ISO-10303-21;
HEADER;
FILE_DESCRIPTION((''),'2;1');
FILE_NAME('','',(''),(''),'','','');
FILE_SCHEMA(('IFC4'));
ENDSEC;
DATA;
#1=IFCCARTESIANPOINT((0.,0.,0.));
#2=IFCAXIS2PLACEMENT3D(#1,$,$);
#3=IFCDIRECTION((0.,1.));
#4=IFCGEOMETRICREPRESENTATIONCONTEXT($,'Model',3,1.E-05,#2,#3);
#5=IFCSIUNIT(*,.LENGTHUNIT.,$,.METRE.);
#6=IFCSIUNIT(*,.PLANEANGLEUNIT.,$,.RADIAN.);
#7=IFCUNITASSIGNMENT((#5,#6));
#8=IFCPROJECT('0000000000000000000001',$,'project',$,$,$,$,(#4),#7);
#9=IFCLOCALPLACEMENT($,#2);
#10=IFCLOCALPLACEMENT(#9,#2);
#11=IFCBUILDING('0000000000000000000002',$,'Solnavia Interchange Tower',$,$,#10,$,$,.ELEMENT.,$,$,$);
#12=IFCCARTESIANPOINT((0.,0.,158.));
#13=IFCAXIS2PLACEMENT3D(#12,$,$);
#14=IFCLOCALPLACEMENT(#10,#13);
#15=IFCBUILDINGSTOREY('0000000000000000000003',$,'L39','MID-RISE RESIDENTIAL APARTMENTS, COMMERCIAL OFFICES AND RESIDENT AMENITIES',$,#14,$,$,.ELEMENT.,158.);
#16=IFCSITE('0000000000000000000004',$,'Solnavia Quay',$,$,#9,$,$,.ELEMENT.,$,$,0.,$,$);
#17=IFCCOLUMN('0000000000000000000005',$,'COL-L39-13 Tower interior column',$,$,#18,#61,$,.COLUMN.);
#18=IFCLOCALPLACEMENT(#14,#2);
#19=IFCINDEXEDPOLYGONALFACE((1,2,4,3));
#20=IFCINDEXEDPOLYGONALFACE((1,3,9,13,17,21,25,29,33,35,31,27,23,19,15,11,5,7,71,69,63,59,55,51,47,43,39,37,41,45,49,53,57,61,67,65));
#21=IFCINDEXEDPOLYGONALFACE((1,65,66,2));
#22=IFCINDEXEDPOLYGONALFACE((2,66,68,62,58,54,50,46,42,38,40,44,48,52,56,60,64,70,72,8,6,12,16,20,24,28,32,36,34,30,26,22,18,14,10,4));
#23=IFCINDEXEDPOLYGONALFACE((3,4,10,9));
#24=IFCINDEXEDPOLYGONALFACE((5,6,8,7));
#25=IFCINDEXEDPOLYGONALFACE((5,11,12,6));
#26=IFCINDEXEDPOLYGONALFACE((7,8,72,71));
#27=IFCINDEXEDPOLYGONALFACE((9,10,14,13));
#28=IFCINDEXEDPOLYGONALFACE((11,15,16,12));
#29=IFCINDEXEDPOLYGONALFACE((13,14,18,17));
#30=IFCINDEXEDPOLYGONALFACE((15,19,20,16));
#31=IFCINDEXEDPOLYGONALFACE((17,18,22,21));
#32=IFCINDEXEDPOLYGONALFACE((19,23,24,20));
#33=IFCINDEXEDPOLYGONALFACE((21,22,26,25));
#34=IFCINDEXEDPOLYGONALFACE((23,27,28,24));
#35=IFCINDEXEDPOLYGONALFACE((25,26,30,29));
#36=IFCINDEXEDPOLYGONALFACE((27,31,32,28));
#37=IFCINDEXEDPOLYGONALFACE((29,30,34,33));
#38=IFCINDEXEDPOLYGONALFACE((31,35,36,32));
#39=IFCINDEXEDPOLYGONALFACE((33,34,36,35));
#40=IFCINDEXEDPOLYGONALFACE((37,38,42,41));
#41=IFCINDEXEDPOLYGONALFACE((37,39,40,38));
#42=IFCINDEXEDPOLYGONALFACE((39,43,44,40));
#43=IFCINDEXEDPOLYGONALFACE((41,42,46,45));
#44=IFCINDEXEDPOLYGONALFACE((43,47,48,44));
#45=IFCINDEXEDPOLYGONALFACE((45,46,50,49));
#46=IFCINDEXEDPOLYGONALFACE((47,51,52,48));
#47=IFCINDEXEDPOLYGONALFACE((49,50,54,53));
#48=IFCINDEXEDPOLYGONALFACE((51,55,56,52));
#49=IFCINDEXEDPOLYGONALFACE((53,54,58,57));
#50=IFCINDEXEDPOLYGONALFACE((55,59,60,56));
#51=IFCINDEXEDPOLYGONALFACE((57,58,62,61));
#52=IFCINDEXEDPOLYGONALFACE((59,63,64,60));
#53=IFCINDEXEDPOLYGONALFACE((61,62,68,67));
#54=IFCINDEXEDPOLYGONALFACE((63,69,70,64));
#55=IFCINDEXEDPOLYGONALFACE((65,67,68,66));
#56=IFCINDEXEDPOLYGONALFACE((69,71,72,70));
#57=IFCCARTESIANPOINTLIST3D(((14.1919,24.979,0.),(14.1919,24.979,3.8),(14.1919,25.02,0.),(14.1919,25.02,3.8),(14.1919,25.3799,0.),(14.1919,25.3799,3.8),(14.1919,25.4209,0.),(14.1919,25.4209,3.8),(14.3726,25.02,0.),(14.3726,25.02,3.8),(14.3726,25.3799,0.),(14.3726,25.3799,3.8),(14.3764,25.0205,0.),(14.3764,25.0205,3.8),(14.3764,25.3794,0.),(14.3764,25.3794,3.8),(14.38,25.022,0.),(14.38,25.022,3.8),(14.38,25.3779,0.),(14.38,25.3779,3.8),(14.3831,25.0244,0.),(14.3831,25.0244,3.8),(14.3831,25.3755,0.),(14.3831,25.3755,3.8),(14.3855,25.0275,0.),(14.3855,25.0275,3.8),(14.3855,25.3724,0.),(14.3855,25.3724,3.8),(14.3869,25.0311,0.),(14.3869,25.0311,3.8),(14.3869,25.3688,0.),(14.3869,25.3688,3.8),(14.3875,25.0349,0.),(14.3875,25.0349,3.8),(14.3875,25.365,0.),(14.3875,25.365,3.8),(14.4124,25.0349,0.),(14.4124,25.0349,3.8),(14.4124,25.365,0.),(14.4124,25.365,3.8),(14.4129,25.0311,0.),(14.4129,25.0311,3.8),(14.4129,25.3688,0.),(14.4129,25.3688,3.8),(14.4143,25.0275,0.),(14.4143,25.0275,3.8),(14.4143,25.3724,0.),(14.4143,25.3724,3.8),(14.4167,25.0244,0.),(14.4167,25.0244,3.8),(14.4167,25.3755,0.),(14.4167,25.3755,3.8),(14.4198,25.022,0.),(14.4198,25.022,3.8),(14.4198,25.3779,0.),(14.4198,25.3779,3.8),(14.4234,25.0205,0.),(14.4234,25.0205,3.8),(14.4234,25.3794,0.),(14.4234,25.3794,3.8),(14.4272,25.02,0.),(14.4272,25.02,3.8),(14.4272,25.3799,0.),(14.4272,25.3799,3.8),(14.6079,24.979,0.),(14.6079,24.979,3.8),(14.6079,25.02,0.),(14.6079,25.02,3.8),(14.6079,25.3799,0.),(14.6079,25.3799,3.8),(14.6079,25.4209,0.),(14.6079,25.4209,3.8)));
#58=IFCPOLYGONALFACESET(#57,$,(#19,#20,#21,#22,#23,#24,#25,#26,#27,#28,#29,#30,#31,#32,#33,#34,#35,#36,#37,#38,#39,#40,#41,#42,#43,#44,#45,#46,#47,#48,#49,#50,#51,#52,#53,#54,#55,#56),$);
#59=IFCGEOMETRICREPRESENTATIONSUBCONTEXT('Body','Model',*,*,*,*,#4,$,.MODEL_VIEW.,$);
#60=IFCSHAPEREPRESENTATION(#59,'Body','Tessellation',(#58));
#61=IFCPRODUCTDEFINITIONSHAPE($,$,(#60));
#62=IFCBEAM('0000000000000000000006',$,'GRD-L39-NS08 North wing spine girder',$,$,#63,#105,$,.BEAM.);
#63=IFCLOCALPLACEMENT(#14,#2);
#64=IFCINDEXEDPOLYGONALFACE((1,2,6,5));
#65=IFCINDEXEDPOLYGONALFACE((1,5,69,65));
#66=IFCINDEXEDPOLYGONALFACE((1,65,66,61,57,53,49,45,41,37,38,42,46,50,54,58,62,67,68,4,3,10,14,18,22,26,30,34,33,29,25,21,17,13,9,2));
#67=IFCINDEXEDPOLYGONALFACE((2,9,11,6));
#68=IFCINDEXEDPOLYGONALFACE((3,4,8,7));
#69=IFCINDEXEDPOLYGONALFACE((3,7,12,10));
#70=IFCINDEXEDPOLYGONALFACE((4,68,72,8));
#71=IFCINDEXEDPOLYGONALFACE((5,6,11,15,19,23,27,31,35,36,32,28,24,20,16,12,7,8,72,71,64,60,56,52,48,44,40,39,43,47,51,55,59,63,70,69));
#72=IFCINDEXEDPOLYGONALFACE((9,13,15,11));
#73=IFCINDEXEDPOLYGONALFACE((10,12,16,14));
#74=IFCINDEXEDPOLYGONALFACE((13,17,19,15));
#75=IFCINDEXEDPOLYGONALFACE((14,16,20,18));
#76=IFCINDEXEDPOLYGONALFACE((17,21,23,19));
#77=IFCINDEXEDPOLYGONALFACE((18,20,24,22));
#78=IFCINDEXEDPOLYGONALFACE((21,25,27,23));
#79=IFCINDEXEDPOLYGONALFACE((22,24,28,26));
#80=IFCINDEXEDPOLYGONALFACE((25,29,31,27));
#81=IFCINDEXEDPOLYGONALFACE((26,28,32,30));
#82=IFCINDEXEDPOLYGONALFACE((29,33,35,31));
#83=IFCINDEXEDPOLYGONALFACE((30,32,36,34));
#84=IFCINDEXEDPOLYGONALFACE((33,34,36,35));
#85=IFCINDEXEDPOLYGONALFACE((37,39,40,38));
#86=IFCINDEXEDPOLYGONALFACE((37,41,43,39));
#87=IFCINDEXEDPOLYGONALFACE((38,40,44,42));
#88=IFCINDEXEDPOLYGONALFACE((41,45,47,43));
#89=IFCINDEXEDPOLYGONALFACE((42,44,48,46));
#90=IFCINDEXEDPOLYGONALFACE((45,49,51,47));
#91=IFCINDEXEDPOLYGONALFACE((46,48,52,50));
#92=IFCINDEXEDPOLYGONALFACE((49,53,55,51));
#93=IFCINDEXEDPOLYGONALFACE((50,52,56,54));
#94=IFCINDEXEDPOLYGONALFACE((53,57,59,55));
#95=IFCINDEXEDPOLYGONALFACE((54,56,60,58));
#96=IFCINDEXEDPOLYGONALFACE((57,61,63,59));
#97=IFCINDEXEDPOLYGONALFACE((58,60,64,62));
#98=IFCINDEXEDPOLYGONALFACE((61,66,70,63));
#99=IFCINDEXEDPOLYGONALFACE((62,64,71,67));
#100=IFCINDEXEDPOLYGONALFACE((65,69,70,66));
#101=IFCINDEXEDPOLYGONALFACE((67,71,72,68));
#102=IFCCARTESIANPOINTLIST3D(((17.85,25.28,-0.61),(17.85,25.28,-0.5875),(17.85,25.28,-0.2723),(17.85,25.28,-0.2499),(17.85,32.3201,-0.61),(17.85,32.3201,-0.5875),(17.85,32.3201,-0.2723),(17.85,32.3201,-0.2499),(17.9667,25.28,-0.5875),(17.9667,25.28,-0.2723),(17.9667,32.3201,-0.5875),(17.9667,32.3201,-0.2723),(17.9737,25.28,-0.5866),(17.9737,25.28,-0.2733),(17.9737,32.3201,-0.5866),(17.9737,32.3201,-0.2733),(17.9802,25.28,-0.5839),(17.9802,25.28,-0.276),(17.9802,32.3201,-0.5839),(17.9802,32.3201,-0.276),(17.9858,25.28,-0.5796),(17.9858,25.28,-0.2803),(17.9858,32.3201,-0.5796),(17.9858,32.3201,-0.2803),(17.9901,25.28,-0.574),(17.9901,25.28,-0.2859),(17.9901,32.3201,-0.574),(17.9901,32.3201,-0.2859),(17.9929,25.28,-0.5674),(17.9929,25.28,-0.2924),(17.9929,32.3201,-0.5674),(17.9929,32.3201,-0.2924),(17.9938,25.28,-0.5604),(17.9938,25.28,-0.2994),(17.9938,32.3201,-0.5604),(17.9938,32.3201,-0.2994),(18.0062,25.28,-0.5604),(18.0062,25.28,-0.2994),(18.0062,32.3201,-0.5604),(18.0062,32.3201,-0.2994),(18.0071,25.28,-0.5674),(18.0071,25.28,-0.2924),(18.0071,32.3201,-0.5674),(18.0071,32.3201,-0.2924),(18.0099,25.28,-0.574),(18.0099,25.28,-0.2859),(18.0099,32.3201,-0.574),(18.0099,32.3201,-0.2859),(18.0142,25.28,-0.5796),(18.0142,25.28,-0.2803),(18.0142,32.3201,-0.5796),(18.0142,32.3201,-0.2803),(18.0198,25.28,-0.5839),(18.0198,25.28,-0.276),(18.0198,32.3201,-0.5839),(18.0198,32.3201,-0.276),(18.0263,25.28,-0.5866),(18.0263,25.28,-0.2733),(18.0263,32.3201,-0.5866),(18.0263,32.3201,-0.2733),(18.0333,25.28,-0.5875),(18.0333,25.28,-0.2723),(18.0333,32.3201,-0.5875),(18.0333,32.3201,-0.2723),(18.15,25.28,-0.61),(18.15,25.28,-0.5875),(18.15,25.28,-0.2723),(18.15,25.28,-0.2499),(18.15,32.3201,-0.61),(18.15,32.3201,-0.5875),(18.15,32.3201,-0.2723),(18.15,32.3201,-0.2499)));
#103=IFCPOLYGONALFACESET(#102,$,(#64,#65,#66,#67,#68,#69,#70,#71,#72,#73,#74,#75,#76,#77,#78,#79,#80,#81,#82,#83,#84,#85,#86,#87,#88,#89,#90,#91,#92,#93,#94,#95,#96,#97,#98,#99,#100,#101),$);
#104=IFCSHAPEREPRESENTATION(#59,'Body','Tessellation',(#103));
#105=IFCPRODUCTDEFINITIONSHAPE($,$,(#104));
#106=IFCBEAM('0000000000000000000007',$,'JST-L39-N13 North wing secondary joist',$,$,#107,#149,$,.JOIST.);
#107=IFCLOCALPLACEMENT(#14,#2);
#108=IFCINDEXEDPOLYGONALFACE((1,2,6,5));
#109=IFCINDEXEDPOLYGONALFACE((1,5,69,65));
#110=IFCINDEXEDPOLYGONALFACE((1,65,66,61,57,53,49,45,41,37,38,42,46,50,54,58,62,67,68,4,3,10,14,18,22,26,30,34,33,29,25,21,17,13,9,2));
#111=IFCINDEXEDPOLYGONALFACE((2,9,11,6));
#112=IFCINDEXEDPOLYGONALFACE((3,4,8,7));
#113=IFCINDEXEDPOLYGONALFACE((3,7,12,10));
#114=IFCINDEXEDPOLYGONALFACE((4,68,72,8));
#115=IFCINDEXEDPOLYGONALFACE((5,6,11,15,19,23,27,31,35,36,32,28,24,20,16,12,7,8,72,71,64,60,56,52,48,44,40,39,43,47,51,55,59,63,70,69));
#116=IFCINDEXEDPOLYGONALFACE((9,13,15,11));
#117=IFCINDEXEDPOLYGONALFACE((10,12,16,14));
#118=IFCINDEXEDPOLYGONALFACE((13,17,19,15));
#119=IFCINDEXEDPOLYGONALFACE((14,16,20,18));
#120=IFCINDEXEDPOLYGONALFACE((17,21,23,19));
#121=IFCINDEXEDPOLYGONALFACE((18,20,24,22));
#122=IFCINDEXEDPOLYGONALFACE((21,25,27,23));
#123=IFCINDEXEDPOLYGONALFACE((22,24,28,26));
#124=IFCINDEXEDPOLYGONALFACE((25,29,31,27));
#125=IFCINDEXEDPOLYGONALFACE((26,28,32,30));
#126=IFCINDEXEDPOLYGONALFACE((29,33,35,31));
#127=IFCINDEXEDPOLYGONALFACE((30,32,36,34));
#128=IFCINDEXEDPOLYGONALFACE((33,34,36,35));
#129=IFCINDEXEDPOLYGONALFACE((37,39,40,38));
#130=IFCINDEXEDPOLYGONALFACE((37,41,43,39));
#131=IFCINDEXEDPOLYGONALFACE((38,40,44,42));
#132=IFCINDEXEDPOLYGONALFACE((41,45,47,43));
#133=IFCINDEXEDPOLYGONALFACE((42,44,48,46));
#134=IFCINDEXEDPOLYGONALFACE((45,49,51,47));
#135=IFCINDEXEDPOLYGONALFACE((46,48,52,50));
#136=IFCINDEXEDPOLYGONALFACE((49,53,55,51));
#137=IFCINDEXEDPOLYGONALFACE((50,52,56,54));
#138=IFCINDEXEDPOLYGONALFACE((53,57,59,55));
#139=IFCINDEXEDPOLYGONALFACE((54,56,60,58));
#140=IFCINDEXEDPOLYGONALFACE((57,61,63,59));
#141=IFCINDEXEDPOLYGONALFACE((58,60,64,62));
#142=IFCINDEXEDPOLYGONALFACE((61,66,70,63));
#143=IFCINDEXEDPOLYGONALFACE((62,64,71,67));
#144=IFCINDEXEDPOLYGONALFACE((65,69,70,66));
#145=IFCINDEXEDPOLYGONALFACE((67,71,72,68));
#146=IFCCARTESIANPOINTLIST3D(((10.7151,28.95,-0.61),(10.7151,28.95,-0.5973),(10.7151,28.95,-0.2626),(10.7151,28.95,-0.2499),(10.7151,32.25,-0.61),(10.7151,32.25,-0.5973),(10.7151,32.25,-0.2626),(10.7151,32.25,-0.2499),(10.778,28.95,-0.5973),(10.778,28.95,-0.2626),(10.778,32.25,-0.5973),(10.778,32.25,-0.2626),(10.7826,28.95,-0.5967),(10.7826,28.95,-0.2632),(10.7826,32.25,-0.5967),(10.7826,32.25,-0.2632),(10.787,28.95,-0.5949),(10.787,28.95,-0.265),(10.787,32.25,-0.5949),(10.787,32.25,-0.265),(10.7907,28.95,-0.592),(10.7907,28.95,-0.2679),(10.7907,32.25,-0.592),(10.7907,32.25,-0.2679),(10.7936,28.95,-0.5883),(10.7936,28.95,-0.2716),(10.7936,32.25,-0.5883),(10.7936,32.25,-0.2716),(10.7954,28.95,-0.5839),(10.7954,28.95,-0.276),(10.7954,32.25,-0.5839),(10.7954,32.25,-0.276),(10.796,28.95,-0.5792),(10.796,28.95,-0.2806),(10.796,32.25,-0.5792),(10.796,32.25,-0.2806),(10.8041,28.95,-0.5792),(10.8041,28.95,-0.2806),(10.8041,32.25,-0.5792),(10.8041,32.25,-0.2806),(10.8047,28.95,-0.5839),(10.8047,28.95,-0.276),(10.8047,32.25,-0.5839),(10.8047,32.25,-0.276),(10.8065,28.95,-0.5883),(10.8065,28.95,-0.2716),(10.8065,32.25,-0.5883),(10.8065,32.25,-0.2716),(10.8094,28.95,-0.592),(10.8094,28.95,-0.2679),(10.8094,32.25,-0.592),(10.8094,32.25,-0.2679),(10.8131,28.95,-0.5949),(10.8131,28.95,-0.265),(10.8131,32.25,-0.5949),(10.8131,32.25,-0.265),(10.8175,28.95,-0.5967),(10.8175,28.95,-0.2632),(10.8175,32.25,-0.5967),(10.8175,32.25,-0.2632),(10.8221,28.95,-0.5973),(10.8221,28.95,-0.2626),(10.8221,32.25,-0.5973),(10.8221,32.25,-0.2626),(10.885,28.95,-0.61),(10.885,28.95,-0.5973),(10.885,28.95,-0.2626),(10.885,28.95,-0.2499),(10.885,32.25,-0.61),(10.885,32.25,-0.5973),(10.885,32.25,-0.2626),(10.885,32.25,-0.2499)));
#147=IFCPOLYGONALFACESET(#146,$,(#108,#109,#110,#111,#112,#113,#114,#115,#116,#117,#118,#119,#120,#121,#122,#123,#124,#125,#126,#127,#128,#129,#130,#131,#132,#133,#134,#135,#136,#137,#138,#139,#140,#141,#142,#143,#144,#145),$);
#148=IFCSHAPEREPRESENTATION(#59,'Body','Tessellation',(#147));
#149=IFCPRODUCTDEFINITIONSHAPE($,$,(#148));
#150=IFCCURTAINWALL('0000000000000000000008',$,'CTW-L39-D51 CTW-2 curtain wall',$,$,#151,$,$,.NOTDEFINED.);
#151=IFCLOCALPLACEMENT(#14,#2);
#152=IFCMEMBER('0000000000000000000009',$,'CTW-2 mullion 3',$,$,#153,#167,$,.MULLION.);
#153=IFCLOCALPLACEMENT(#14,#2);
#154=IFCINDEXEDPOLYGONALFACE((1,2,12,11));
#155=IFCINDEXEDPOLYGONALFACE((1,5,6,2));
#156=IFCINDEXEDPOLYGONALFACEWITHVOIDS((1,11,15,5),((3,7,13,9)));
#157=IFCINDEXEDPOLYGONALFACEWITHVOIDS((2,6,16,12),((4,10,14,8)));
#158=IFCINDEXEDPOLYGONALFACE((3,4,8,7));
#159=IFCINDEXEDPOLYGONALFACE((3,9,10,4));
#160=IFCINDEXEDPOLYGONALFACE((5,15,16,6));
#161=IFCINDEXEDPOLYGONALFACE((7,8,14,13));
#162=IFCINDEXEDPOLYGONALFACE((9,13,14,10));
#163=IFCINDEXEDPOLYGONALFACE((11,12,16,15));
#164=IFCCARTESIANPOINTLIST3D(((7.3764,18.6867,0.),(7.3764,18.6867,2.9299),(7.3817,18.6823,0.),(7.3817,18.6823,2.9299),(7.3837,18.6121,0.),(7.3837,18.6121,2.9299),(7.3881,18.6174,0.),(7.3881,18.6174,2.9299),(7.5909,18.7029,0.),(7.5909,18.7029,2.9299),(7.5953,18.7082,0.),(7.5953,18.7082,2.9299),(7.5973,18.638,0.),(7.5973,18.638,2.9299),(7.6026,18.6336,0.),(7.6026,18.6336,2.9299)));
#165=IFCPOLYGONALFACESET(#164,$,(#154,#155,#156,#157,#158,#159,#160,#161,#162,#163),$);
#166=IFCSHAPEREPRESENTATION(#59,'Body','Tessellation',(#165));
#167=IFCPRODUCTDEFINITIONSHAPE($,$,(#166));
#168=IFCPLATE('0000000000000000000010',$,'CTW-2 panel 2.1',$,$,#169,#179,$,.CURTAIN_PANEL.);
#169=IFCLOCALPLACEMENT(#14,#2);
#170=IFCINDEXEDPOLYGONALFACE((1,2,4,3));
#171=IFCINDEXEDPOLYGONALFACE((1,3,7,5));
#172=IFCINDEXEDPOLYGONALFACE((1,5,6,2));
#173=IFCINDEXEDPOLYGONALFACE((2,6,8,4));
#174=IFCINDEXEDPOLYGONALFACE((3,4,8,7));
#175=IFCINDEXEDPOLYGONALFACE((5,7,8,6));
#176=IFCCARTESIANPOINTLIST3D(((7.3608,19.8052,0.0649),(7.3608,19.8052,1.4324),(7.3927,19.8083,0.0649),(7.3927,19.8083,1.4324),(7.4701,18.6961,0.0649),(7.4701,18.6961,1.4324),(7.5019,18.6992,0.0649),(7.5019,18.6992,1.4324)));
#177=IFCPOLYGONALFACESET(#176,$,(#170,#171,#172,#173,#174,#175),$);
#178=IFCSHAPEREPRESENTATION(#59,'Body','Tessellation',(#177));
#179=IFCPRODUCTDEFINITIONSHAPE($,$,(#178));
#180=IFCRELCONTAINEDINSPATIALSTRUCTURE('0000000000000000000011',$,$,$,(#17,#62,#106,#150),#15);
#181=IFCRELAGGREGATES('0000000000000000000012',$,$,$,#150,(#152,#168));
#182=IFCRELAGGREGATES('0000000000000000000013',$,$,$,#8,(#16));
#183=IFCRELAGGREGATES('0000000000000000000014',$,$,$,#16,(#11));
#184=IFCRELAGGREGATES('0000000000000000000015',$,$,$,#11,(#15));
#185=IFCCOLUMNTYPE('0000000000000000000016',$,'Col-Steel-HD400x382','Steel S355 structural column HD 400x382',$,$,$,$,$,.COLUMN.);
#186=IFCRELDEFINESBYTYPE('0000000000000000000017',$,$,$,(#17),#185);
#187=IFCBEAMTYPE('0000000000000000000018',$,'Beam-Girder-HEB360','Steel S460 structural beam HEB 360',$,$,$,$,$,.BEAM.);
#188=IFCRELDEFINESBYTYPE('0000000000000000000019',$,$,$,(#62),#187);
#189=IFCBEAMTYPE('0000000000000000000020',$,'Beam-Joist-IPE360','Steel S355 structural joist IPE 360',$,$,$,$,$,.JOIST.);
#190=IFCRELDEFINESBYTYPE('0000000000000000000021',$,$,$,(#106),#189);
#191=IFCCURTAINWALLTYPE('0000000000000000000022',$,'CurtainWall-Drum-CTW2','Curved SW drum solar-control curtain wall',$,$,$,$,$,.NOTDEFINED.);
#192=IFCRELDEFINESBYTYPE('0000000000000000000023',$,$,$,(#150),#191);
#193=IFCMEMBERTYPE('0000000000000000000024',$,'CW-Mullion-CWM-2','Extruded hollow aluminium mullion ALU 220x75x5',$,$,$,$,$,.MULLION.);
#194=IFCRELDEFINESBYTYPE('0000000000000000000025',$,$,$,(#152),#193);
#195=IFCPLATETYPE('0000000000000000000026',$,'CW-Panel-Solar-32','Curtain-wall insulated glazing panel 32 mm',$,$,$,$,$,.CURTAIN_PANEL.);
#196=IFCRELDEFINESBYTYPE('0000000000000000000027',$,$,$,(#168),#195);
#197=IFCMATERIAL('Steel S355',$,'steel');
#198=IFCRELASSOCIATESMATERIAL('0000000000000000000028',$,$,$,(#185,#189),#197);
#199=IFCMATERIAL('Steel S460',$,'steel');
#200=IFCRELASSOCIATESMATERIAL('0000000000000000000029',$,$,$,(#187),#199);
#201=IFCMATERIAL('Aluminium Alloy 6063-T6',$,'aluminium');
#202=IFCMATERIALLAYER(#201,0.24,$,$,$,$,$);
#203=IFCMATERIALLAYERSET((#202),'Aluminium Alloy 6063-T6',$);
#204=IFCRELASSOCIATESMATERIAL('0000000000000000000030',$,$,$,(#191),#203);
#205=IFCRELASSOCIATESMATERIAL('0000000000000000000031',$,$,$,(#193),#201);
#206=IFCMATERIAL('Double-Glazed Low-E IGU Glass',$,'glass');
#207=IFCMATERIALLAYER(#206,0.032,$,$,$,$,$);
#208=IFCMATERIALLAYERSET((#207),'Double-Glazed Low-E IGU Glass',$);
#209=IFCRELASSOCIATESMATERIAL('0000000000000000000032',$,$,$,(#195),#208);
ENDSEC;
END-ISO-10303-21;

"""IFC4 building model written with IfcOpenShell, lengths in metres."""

from ifc_helpers import new_model, si_unit, direction, frame, origin, origin_2d, place, context, subcontext, project, spatial, rectangle, hollow_rectangle, i_section, extrude, material, layer, layer_set, material_profile, profile_set, type_object, element, aggregate, save


model = new_model("IFC4")

# Units and contexts
model_context = context("Model", 3, precision=1e-05, world=origin(), true_north=direction((0.0, 1.0)))
body_context = subcontext(model_context, "Body", "Model", "MODEL_VIEW")
ifc_project = project(units=[si_unit("LENGTHUNIT", "METRE"), si_unit("PLANEANGLEUNIT", "RADIAN")], contexts=[model_context])

# Site, building, storey
site_placement = place(None, origin())
site = spatial("IfcSite", under=ifc_project, at=site_placement, Name="Solnavia Quay", CompositionType="ELEMENT", RefElevation=0.0)
building_placement = place(site_placement, origin())
building = spatial("IfcBuilding", under=site, at=building_placement, Name="Solnavia Interchange Tower", CompositionType="ELEMENT")
storey_placement = place(building_placement, frame((0.0, 0.0, 158.0)))
storey = spatial("IfcBuildingStorey", under=building, at=storey_placement, Name="L39", Description="MID-RISE RESIDENTIAL APARTMENTS, COMMERCIAL OFFICES AND RESIDENT AMENITIES", CompositionType="ELEMENT", Elevation=158.0)

# Column
ifc_material_1 = material(Name="Steel S355", Category="steel")
ifc_material_profile_1 = material_profile(ifc_material_1, i_section(OverallWidth=0.416, OverallDepth=0.4419, WebThickness=0.0249, FlangeThickness=0.041, FilletRadius=0.0149, at=origin_2d()), Name="HD 400x382")
ifc_profile_set_1 = profile_set([ifc_material_profile_1], Name="Steel S355")
column_type = type_object("IfcColumnType", Name="Col-Steel-HD400x382", Description="Steel S355 structural column HD 400x382", PredefinedType="COLUMN", material=ifc_profile_set_1)
column_placement = place(storey_placement, frame((14.3999, 25.2, 0.0), z_axis=(0.0, 0.0, 1.0), x_axis=(1.0, 0.0, 0.0)))
element("IfcColumn", 1, at=column_placement, inside=storey, type_object=column_type, Name="COL-L39-13 Tower interior column", PredefinedType="COLUMN", context=body_context, shape_type="SweptSolid", body=[
    extrude(i_section(OverallWidth=0.416, OverallDepth=0.4419, WebThickness=0.0249, FlangeThickness=0.041, FilletRadius=0.0149, at=origin_2d()), origin(), (0.0, 0.0, 1.0), 3.8),
])

# Beams
ifc_material_2 = material(Name="Steel S460", Category="steel")
ifc_material_profile_2 = material_profile(ifc_material_2, i_section(OverallWidth=0.3, OverallDepth=0.3601, WebThickness=0.0125, FlangeThickness=0.0225, FilletRadius=0.0271, at=origin_2d()), Name="HEB 360")
ifc_profile_set_2 = profile_set([ifc_material_profile_2], Name="Steel S460")
beam_type_1 = type_object("IfcBeamType", Name="Beam-Girder-HEB360", Description="Steel S460 structural beam HEB 360", PredefinedType="BEAM", material=ifc_profile_set_2)
beam_1_placement = place(storey_placement, frame((18.0, 25.28, -0.4299), z_axis=(0.0, 1.0, 0.0), x_axis=(-1.0, 0.0, 0.0)))
element("IfcBeam", 2, at=beam_1_placement, inside=storey, type_object=beam_type_1, Name="GRD-L39-NS08 North wing spine girder", PredefinedType="BEAM", context=body_context, shape_type="SweptSolid", body=[
    extrude(i_section(OverallWidth=0.3, OverallDepth=0.3601, WebThickness=0.0125, FlangeThickness=0.0225, FilletRadius=0.0271, at=origin_2d()), origin(), (0.0, 0.0, 1.0), 7.04),
])
ifc_material_profile_3 = material_profile(ifc_material_1, i_section(OverallWidth=0.1699, OverallDepth=0.3601, WebThickness=0.0081, FlangeThickness=0.0127, FilletRadius=0.0181, at=origin_2d()), Name="IPE 360")
ifc_profile_set_3 = profile_set([ifc_material_profile_3], Name="Steel S355")
beam_type_2 = type_object("IfcBeamType", Name="Beam-Joist-IPE360", Description="Steel S355 structural joist IPE 360", PredefinedType="JOIST", material=ifc_profile_set_3)
beam_2_placement = place(storey_placement, frame((10.8, 28.95, -0.4299), z_axis=(0.0, 1.0, 0.0), x_axis=(-1.0, 0.0, 0.0)))
element("IfcBeam", 3, at=beam_2_placement, inside=storey, type_object=beam_type_2, Name="JST-L39-N13 North wing secondary joist", PredefinedType="JOIST", context=body_context, shape_type="SweptSolid", body=[
    extrude(i_section(OverallWidth=0.1699, OverallDepth=0.3601, WebThickness=0.0081, FlangeThickness=0.0127, FilletRadius=0.0181, at=origin_2d()), origin(), (0.0, 0.0, 1.0), 3.3),
])

# Curtain wall, member, plate
ifc_material_3 = material(Name="Aluminium Alloy 6063-T6", Category="aluminium")
ifc_layer_1 = layer(ifc_material_3, 0.24)
ifc_layer_set_1 = layer_set([ifc_layer_1], Name="Aluminium Alloy 6063-T6")
curtain_wall_type = type_object("IfcCurtainWallType", Name="CurtainWall-Drum-CTW2", Description="Curved SW drum solar-control curtain wall", PredefinedType="NOTDEFINED", material=ifc_layer_set_1)
curtain_wall_placement = place(storey_placement, origin())
curtain_wall = element("IfcCurtainWall", 4, at=curtain_wall_placement, inside=storey, type_object=curtain_wall_type, Name="CTW-L39-D51 CTW-2 curtain wall", PredefinedType="NOTDEFINED")
ifc_material_profile_4 = material_profile(ifc_material_3, hollow_rectangle(XDim=0.075, YDim=0.22, WallThickness=0.0049, at=origin_2d()), Name="ALU 220x75x5")
ifc_profile_set_4 = profile_set([ifc_material_profile_4], Name="Aluminium Alloy 6063-T6")
member_type = type_object("IfcMemberType", Name="CW-Mullion-CWM-2", Description="Extruded hollow aluminium mullion ALU 220x75x5", PredefinedType="MULLION", material=ifc_profile_set_4)
member_placement = place(storey_placement, frame((7.4895, 18.6602, 0.0), z_axis=(0.0, 0.0, 1.0), x_axis=(0.098043, -0.995182, 0.0)))
member = element("IfcMember", 5, at=member_placement, type_object=member_type, Name="CTW-2 mullion 3", PredefinedType="MULLION", context=body_context, shape_type="SweptSolid", body=[
    extrude(hollow_rectangle(XDim=0.075, YDim=0.22, WallThickness=0.0049, at=origin_2d()), origin(), (0.0, 0.0, 1.0), 2.9299),
])
ifc_material_4 = material(Name="Double-Glazed Low-E IGU Glass", Category="glass")
ifc_layer_2 = layer(ifc_material_4, 0.032)
ifc_layer_set_2 = layer_set([ifc_layer_2], Name="Double-Glazed Low-E IGU Glass")
plate_type = type_object("IfcPlateType", Name="CW-Panel-Solar-32", Description="Curtain-wall insulated glazing panel 32 mm", PredefinedType="CURTAIN_PANEL", material=ifc_layer_set_2)
plate_1_placement = place(storey_placement, frame((7.4314, 19.2522, 0.0649), z_axis=(0.0, 0.0, 1.0), x_axis=(0.098043, -0.995182, 0.0)))
plate_1 = element("IfcPlate", 6, at=plate_1_placement, type_object=plate_type, Name="CTW-2 panel 2.1", PredefinedType="CURTAIN_PANEL", context=body_context, shape_type="SweptSolid", body=[
    extrude(rectangle(XDim=1.1145, YDim=0.032, at=origin_2d()), origin(), (0.0, 0.0, 1.0), 1.3674),
])
aggregate(curtain_wall, [member, plate_1])

save(model, "model.ifc")
